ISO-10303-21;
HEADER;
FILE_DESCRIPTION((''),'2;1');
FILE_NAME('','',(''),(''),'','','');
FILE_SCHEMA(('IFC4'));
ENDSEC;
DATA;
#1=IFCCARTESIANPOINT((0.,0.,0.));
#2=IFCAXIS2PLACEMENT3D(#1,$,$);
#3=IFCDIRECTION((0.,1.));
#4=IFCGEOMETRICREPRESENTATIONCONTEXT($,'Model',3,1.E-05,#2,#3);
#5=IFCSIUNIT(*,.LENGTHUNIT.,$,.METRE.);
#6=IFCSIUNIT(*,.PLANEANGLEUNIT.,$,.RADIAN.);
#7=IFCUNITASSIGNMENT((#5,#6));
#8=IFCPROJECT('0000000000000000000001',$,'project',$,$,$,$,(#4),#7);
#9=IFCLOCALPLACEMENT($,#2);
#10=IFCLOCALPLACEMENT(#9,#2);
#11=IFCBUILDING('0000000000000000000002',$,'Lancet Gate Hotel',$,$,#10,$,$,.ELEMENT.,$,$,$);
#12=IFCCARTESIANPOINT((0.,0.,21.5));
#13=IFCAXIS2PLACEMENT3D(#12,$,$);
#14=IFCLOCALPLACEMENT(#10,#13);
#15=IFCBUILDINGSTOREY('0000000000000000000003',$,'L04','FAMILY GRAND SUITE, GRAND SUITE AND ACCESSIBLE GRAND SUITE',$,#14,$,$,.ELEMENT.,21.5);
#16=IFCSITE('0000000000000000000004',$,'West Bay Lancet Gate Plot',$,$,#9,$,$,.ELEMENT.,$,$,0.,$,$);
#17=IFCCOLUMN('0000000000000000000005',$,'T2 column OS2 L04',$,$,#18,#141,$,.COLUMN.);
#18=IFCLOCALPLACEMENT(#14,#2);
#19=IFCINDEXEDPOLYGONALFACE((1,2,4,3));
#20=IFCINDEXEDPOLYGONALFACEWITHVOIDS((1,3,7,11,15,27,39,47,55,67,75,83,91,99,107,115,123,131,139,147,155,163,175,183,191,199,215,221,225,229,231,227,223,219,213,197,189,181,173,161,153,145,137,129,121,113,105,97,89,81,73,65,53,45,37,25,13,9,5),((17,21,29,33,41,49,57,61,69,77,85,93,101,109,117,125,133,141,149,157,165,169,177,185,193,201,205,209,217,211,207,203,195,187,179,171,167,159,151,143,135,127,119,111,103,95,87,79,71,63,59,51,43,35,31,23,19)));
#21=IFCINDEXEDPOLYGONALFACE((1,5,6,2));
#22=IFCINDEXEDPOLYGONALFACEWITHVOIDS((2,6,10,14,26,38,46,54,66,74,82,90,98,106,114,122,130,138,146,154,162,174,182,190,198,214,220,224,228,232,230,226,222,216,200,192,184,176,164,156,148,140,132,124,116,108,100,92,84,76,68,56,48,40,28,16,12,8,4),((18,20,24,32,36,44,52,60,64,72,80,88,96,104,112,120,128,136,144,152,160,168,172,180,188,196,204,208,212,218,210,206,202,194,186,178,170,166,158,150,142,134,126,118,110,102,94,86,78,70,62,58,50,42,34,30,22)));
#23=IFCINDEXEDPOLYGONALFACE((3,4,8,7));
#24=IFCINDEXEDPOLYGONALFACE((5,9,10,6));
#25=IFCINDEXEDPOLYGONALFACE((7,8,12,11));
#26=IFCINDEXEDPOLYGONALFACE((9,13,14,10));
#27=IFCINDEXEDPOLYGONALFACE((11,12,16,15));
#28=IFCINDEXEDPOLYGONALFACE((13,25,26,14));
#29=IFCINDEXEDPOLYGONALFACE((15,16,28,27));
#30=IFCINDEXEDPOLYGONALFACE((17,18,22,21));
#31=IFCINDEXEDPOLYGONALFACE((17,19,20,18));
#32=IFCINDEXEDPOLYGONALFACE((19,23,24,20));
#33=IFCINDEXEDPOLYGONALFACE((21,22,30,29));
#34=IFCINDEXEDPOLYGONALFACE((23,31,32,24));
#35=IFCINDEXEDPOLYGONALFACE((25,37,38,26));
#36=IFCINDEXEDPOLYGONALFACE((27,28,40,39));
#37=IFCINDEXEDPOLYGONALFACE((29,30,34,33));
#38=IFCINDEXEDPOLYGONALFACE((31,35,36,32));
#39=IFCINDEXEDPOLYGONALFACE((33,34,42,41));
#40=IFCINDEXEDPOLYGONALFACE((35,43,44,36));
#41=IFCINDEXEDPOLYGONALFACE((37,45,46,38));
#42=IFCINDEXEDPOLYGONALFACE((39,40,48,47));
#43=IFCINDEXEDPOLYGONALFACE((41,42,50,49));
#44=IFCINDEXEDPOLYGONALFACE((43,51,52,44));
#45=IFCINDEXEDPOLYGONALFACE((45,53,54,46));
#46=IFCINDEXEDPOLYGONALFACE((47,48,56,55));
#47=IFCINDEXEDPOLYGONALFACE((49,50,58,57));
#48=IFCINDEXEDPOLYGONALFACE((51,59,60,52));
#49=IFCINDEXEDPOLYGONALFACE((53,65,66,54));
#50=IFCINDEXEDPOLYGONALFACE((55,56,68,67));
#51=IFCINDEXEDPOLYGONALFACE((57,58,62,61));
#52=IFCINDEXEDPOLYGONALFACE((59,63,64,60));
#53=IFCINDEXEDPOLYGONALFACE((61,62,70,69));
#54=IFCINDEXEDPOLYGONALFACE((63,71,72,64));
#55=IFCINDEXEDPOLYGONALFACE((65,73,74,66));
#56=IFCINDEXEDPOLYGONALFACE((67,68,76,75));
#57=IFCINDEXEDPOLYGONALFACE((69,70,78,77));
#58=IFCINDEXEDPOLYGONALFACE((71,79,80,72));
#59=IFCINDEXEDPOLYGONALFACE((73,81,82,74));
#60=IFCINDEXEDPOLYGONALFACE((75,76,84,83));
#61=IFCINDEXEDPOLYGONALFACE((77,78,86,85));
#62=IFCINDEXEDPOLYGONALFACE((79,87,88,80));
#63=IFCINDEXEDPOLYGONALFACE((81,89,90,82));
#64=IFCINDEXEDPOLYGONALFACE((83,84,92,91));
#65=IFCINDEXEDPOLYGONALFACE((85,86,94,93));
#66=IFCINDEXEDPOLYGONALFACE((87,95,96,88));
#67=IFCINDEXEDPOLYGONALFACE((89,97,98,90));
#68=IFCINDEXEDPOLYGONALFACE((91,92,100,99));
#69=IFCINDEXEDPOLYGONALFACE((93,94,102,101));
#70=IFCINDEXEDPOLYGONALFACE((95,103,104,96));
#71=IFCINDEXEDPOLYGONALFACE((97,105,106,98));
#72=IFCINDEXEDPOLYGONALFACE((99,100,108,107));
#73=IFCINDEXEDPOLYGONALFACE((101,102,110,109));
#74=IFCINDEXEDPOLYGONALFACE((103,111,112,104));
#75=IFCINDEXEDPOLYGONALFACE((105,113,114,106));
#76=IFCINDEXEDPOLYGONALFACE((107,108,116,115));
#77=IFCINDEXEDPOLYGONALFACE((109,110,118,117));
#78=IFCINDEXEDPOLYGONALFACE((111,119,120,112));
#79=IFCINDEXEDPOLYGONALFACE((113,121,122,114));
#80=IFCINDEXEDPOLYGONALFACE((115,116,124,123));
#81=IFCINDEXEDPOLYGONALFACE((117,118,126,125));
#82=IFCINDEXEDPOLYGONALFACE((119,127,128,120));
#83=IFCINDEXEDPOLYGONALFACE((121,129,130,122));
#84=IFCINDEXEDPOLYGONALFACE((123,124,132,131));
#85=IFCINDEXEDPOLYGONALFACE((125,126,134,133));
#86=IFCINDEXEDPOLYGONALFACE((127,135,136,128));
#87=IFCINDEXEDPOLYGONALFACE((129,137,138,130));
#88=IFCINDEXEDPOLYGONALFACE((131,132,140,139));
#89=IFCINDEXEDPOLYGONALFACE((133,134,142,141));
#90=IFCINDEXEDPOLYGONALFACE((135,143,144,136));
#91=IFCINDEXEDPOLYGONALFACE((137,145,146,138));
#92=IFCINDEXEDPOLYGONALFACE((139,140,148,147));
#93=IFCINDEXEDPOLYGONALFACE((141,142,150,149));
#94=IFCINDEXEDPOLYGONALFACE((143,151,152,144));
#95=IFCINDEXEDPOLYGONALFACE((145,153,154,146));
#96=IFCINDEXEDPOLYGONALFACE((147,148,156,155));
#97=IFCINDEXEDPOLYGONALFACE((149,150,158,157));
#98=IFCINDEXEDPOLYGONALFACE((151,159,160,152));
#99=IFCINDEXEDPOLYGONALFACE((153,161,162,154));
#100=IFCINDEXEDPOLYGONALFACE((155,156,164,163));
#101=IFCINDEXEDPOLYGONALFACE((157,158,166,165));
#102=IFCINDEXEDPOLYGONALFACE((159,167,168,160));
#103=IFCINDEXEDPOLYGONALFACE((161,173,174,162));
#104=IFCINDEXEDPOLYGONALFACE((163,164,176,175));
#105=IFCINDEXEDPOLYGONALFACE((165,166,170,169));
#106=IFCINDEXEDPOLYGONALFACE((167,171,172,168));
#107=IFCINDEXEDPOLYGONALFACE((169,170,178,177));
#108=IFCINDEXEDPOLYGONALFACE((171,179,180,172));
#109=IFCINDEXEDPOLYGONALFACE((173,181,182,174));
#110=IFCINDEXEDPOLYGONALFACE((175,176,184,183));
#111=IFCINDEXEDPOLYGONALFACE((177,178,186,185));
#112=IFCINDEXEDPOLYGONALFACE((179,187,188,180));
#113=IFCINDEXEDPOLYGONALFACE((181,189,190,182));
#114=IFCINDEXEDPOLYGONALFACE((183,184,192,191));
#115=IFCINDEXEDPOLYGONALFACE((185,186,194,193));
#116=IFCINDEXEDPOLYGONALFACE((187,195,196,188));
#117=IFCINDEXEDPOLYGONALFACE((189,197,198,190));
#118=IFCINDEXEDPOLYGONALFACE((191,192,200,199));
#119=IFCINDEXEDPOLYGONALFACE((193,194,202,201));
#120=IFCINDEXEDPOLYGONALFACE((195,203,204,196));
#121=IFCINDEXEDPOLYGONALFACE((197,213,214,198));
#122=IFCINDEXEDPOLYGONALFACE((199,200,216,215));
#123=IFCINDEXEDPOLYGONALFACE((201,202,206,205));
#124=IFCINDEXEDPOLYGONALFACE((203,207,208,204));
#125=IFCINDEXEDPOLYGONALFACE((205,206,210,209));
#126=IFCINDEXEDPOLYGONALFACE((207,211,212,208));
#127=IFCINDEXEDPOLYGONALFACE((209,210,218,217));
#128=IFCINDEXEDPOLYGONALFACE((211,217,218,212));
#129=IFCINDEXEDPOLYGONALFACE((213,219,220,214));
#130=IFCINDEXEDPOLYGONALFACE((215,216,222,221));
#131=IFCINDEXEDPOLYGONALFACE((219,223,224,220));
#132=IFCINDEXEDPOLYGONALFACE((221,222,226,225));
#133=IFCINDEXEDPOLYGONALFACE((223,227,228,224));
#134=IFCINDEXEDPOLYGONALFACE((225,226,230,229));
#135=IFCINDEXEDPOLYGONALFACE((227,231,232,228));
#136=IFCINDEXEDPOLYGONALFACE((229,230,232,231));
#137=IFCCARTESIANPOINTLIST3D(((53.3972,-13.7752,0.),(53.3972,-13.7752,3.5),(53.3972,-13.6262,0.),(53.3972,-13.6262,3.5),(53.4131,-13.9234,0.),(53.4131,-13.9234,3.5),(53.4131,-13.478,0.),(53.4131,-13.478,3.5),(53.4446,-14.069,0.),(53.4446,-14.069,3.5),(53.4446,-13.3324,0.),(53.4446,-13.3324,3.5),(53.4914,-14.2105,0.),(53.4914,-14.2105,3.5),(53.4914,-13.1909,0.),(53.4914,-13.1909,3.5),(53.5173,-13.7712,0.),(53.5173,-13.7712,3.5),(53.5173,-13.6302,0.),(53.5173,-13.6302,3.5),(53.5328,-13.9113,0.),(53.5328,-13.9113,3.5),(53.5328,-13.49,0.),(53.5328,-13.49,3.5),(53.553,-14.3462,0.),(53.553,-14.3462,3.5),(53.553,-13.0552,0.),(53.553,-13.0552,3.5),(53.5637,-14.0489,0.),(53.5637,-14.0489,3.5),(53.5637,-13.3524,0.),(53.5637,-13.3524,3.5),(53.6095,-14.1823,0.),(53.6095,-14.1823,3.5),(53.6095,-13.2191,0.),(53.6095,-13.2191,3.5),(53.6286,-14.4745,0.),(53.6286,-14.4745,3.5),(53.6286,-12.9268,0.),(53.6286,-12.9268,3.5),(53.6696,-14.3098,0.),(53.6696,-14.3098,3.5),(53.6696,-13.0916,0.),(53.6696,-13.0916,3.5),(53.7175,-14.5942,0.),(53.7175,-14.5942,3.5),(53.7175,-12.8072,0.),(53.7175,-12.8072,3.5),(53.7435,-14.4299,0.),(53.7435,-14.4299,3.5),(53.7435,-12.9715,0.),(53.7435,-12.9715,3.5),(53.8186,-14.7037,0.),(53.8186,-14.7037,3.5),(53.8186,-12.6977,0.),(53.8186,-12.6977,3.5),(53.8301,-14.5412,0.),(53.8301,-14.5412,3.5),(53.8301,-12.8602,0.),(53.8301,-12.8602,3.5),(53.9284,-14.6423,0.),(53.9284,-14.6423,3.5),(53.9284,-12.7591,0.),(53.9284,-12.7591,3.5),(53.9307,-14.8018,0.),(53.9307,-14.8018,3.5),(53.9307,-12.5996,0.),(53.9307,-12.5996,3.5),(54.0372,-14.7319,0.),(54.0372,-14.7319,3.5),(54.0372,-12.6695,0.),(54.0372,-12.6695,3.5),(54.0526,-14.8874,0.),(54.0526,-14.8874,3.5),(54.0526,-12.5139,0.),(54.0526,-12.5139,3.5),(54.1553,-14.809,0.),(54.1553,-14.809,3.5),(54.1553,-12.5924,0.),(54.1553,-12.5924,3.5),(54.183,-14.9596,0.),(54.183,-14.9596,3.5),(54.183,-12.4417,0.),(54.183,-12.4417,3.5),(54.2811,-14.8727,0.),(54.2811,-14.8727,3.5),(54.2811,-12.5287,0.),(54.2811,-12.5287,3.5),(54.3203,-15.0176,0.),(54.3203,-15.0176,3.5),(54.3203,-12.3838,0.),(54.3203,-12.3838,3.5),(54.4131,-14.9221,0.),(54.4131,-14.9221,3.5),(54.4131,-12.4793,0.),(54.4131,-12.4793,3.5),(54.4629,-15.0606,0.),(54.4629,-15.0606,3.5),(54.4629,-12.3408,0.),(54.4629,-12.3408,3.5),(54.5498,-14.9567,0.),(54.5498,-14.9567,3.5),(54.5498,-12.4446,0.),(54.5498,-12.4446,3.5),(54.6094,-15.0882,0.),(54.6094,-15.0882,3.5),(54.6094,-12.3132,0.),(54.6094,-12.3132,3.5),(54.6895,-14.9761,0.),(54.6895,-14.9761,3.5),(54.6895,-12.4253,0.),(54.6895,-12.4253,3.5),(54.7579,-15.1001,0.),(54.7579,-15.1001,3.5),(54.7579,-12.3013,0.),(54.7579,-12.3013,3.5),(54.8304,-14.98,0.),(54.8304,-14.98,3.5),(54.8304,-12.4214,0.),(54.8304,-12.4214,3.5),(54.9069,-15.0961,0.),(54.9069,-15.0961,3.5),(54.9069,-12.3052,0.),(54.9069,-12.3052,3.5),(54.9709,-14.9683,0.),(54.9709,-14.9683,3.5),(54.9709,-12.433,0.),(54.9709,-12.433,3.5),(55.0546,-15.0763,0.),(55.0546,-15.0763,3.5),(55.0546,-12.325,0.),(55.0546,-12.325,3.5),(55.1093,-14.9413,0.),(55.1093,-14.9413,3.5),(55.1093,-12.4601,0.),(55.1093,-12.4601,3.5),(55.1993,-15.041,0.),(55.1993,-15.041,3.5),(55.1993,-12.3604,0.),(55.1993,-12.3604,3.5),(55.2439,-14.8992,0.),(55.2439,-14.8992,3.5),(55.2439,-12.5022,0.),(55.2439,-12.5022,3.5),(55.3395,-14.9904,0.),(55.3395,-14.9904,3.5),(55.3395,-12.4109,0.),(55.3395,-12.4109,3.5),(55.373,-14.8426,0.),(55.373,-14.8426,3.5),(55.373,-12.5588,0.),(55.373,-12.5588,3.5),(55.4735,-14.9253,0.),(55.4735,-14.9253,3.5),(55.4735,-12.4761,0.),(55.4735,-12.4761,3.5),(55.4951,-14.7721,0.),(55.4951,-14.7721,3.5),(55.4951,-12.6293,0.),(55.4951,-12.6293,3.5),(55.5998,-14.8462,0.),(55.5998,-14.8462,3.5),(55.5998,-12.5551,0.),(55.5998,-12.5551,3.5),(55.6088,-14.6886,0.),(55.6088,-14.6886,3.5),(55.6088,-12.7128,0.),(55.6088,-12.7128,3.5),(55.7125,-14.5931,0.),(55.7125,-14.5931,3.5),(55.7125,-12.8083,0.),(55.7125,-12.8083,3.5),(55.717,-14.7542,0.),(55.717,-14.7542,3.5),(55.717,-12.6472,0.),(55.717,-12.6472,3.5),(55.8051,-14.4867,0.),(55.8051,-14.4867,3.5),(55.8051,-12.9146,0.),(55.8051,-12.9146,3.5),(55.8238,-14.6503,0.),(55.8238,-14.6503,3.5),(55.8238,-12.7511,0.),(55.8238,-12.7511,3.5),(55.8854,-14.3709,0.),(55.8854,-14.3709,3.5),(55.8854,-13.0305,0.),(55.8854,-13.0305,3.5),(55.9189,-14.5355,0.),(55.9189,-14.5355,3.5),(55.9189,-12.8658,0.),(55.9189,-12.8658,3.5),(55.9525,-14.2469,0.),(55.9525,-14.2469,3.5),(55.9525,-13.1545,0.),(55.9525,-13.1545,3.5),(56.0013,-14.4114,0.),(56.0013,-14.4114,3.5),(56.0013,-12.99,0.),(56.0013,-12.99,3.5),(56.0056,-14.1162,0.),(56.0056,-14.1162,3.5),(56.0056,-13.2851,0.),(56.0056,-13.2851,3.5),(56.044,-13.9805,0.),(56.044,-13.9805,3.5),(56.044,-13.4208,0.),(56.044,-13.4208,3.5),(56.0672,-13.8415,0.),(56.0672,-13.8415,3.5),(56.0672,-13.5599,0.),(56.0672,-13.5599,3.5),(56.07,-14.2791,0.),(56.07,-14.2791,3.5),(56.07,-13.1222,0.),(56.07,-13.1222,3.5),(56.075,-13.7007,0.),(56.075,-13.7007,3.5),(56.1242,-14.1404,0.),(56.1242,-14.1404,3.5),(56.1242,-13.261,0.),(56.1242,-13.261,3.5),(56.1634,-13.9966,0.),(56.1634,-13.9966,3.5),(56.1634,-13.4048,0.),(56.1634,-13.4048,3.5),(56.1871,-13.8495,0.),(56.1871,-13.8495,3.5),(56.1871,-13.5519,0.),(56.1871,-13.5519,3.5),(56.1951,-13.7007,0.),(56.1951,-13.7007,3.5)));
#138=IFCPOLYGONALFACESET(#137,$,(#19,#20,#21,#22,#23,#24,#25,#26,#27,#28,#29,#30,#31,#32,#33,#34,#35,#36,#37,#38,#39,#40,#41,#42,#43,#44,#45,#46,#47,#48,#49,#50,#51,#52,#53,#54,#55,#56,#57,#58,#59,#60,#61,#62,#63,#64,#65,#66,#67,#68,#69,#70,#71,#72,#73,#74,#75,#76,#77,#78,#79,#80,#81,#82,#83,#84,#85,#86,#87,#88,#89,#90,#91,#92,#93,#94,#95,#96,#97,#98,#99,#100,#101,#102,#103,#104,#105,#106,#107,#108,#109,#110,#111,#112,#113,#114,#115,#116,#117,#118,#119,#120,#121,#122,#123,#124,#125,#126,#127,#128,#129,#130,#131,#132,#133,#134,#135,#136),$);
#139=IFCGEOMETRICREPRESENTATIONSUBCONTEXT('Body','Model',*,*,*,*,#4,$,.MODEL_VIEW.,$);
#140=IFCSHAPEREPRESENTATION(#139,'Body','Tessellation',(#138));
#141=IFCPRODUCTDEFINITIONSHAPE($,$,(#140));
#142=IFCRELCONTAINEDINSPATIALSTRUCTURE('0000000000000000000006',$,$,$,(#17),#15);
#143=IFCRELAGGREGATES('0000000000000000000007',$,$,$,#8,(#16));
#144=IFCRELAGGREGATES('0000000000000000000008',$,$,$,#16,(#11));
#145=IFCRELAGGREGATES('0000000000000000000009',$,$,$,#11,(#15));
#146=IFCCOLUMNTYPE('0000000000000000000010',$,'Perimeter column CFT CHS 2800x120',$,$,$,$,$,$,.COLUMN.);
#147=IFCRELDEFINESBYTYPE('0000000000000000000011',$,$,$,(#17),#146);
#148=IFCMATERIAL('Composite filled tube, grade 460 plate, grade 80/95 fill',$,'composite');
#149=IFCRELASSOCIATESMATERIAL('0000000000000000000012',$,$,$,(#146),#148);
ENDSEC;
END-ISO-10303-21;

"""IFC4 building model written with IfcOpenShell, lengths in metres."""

from ifc_helpers import new_model, si_unit, direction, frame, origin, origin_2d, place, context, subcontext, project, spatial, hollow_circle, extrude, material, material_profile, profile_set, type_object, element, save


model = new_model("IFC4")

# Units and contexts
model_context = context("Model", 3, precision=1e-05, world=origin(), true_north=direction((0.0, 1.0)))
body_context = subcontext(model_context, "Body", "Model", "MODEL_VIEW")
ifc_project = project(units=[si_unit("LENGTHUNIT", "METRE"), si_unit("PLANEANGLEUNIT", "RADIAN")], contexts=[model_context])

# Site, building, storey
site_placement = place(None, origin())
site = spatial("IfcSite", under=ifc_project, at=site_placement, Name="West Bay Lancet Gate Plot", CompositionType="ELEMENT", RefElevation=0.0)
building_placement = place(site_placement, origin())
building = spatial("IfcBuilding", under=site, at=building_placement, Name="Lancet Gate Hotel", CompositionType="ELEMENT")
storey_placement = place(building_placement, frame((0.0, 0.0, 21.5)))
storey = spatial("IfcBuildingStorey", under=building, at=storey_placement, Name="L04", Description="FAMILY GRAND SUITE, GRAND SUITE AND ACCESSIBLE GRAND SUITE", CompositionType="ELEMENT", Elevation=21.5)

# Column
ifc_material_1 = material(Name="Composite filled tube, grade 460 plate, grade 80/95 fill", Category="composite")
ifc_material_profile_1 = material_profile(ifc_material_1, hollow_circle(Radius=1.3999, WallThickness=0.1201, at=origin_2d()), Name="CHS 2800x120")
ifc_profile_set_1 = profile_set([ifc_material_profile_1], Name="Composite filled tube, grade 460 plate, grade 80/95 fill")
column_type = type_object("IfcColumnType", Name="Perimeter column CFT CHS 2800x120", PredefinedType="COLUMN", material=ifc_profile_set_1)
for number, where, z_axis, x_axis, name in (
    (1, (54.7952, -13.7007, 0.0), (0.0, 0.0, 1.0), (1.0, 0.0, 0.0), "T2 column OS2 L04"),
):
    element("IfcColumn", number, at=place(storey_placement, frame(where, z_axis=z_axis, x_axis=x_axis)), inside=storey, type_object=column_type, Name=name, PredefinedType="COLUMN", context=body_context, shape_type="SweptSolid", body=[
        extrude(hollow_circle(Radius=1.3999, WallThickness=0.1201, at=origin_2d()), origin(), (0.0, 0.0, 1.0), 3.5),
    ])

save(model, "model.ifc")
